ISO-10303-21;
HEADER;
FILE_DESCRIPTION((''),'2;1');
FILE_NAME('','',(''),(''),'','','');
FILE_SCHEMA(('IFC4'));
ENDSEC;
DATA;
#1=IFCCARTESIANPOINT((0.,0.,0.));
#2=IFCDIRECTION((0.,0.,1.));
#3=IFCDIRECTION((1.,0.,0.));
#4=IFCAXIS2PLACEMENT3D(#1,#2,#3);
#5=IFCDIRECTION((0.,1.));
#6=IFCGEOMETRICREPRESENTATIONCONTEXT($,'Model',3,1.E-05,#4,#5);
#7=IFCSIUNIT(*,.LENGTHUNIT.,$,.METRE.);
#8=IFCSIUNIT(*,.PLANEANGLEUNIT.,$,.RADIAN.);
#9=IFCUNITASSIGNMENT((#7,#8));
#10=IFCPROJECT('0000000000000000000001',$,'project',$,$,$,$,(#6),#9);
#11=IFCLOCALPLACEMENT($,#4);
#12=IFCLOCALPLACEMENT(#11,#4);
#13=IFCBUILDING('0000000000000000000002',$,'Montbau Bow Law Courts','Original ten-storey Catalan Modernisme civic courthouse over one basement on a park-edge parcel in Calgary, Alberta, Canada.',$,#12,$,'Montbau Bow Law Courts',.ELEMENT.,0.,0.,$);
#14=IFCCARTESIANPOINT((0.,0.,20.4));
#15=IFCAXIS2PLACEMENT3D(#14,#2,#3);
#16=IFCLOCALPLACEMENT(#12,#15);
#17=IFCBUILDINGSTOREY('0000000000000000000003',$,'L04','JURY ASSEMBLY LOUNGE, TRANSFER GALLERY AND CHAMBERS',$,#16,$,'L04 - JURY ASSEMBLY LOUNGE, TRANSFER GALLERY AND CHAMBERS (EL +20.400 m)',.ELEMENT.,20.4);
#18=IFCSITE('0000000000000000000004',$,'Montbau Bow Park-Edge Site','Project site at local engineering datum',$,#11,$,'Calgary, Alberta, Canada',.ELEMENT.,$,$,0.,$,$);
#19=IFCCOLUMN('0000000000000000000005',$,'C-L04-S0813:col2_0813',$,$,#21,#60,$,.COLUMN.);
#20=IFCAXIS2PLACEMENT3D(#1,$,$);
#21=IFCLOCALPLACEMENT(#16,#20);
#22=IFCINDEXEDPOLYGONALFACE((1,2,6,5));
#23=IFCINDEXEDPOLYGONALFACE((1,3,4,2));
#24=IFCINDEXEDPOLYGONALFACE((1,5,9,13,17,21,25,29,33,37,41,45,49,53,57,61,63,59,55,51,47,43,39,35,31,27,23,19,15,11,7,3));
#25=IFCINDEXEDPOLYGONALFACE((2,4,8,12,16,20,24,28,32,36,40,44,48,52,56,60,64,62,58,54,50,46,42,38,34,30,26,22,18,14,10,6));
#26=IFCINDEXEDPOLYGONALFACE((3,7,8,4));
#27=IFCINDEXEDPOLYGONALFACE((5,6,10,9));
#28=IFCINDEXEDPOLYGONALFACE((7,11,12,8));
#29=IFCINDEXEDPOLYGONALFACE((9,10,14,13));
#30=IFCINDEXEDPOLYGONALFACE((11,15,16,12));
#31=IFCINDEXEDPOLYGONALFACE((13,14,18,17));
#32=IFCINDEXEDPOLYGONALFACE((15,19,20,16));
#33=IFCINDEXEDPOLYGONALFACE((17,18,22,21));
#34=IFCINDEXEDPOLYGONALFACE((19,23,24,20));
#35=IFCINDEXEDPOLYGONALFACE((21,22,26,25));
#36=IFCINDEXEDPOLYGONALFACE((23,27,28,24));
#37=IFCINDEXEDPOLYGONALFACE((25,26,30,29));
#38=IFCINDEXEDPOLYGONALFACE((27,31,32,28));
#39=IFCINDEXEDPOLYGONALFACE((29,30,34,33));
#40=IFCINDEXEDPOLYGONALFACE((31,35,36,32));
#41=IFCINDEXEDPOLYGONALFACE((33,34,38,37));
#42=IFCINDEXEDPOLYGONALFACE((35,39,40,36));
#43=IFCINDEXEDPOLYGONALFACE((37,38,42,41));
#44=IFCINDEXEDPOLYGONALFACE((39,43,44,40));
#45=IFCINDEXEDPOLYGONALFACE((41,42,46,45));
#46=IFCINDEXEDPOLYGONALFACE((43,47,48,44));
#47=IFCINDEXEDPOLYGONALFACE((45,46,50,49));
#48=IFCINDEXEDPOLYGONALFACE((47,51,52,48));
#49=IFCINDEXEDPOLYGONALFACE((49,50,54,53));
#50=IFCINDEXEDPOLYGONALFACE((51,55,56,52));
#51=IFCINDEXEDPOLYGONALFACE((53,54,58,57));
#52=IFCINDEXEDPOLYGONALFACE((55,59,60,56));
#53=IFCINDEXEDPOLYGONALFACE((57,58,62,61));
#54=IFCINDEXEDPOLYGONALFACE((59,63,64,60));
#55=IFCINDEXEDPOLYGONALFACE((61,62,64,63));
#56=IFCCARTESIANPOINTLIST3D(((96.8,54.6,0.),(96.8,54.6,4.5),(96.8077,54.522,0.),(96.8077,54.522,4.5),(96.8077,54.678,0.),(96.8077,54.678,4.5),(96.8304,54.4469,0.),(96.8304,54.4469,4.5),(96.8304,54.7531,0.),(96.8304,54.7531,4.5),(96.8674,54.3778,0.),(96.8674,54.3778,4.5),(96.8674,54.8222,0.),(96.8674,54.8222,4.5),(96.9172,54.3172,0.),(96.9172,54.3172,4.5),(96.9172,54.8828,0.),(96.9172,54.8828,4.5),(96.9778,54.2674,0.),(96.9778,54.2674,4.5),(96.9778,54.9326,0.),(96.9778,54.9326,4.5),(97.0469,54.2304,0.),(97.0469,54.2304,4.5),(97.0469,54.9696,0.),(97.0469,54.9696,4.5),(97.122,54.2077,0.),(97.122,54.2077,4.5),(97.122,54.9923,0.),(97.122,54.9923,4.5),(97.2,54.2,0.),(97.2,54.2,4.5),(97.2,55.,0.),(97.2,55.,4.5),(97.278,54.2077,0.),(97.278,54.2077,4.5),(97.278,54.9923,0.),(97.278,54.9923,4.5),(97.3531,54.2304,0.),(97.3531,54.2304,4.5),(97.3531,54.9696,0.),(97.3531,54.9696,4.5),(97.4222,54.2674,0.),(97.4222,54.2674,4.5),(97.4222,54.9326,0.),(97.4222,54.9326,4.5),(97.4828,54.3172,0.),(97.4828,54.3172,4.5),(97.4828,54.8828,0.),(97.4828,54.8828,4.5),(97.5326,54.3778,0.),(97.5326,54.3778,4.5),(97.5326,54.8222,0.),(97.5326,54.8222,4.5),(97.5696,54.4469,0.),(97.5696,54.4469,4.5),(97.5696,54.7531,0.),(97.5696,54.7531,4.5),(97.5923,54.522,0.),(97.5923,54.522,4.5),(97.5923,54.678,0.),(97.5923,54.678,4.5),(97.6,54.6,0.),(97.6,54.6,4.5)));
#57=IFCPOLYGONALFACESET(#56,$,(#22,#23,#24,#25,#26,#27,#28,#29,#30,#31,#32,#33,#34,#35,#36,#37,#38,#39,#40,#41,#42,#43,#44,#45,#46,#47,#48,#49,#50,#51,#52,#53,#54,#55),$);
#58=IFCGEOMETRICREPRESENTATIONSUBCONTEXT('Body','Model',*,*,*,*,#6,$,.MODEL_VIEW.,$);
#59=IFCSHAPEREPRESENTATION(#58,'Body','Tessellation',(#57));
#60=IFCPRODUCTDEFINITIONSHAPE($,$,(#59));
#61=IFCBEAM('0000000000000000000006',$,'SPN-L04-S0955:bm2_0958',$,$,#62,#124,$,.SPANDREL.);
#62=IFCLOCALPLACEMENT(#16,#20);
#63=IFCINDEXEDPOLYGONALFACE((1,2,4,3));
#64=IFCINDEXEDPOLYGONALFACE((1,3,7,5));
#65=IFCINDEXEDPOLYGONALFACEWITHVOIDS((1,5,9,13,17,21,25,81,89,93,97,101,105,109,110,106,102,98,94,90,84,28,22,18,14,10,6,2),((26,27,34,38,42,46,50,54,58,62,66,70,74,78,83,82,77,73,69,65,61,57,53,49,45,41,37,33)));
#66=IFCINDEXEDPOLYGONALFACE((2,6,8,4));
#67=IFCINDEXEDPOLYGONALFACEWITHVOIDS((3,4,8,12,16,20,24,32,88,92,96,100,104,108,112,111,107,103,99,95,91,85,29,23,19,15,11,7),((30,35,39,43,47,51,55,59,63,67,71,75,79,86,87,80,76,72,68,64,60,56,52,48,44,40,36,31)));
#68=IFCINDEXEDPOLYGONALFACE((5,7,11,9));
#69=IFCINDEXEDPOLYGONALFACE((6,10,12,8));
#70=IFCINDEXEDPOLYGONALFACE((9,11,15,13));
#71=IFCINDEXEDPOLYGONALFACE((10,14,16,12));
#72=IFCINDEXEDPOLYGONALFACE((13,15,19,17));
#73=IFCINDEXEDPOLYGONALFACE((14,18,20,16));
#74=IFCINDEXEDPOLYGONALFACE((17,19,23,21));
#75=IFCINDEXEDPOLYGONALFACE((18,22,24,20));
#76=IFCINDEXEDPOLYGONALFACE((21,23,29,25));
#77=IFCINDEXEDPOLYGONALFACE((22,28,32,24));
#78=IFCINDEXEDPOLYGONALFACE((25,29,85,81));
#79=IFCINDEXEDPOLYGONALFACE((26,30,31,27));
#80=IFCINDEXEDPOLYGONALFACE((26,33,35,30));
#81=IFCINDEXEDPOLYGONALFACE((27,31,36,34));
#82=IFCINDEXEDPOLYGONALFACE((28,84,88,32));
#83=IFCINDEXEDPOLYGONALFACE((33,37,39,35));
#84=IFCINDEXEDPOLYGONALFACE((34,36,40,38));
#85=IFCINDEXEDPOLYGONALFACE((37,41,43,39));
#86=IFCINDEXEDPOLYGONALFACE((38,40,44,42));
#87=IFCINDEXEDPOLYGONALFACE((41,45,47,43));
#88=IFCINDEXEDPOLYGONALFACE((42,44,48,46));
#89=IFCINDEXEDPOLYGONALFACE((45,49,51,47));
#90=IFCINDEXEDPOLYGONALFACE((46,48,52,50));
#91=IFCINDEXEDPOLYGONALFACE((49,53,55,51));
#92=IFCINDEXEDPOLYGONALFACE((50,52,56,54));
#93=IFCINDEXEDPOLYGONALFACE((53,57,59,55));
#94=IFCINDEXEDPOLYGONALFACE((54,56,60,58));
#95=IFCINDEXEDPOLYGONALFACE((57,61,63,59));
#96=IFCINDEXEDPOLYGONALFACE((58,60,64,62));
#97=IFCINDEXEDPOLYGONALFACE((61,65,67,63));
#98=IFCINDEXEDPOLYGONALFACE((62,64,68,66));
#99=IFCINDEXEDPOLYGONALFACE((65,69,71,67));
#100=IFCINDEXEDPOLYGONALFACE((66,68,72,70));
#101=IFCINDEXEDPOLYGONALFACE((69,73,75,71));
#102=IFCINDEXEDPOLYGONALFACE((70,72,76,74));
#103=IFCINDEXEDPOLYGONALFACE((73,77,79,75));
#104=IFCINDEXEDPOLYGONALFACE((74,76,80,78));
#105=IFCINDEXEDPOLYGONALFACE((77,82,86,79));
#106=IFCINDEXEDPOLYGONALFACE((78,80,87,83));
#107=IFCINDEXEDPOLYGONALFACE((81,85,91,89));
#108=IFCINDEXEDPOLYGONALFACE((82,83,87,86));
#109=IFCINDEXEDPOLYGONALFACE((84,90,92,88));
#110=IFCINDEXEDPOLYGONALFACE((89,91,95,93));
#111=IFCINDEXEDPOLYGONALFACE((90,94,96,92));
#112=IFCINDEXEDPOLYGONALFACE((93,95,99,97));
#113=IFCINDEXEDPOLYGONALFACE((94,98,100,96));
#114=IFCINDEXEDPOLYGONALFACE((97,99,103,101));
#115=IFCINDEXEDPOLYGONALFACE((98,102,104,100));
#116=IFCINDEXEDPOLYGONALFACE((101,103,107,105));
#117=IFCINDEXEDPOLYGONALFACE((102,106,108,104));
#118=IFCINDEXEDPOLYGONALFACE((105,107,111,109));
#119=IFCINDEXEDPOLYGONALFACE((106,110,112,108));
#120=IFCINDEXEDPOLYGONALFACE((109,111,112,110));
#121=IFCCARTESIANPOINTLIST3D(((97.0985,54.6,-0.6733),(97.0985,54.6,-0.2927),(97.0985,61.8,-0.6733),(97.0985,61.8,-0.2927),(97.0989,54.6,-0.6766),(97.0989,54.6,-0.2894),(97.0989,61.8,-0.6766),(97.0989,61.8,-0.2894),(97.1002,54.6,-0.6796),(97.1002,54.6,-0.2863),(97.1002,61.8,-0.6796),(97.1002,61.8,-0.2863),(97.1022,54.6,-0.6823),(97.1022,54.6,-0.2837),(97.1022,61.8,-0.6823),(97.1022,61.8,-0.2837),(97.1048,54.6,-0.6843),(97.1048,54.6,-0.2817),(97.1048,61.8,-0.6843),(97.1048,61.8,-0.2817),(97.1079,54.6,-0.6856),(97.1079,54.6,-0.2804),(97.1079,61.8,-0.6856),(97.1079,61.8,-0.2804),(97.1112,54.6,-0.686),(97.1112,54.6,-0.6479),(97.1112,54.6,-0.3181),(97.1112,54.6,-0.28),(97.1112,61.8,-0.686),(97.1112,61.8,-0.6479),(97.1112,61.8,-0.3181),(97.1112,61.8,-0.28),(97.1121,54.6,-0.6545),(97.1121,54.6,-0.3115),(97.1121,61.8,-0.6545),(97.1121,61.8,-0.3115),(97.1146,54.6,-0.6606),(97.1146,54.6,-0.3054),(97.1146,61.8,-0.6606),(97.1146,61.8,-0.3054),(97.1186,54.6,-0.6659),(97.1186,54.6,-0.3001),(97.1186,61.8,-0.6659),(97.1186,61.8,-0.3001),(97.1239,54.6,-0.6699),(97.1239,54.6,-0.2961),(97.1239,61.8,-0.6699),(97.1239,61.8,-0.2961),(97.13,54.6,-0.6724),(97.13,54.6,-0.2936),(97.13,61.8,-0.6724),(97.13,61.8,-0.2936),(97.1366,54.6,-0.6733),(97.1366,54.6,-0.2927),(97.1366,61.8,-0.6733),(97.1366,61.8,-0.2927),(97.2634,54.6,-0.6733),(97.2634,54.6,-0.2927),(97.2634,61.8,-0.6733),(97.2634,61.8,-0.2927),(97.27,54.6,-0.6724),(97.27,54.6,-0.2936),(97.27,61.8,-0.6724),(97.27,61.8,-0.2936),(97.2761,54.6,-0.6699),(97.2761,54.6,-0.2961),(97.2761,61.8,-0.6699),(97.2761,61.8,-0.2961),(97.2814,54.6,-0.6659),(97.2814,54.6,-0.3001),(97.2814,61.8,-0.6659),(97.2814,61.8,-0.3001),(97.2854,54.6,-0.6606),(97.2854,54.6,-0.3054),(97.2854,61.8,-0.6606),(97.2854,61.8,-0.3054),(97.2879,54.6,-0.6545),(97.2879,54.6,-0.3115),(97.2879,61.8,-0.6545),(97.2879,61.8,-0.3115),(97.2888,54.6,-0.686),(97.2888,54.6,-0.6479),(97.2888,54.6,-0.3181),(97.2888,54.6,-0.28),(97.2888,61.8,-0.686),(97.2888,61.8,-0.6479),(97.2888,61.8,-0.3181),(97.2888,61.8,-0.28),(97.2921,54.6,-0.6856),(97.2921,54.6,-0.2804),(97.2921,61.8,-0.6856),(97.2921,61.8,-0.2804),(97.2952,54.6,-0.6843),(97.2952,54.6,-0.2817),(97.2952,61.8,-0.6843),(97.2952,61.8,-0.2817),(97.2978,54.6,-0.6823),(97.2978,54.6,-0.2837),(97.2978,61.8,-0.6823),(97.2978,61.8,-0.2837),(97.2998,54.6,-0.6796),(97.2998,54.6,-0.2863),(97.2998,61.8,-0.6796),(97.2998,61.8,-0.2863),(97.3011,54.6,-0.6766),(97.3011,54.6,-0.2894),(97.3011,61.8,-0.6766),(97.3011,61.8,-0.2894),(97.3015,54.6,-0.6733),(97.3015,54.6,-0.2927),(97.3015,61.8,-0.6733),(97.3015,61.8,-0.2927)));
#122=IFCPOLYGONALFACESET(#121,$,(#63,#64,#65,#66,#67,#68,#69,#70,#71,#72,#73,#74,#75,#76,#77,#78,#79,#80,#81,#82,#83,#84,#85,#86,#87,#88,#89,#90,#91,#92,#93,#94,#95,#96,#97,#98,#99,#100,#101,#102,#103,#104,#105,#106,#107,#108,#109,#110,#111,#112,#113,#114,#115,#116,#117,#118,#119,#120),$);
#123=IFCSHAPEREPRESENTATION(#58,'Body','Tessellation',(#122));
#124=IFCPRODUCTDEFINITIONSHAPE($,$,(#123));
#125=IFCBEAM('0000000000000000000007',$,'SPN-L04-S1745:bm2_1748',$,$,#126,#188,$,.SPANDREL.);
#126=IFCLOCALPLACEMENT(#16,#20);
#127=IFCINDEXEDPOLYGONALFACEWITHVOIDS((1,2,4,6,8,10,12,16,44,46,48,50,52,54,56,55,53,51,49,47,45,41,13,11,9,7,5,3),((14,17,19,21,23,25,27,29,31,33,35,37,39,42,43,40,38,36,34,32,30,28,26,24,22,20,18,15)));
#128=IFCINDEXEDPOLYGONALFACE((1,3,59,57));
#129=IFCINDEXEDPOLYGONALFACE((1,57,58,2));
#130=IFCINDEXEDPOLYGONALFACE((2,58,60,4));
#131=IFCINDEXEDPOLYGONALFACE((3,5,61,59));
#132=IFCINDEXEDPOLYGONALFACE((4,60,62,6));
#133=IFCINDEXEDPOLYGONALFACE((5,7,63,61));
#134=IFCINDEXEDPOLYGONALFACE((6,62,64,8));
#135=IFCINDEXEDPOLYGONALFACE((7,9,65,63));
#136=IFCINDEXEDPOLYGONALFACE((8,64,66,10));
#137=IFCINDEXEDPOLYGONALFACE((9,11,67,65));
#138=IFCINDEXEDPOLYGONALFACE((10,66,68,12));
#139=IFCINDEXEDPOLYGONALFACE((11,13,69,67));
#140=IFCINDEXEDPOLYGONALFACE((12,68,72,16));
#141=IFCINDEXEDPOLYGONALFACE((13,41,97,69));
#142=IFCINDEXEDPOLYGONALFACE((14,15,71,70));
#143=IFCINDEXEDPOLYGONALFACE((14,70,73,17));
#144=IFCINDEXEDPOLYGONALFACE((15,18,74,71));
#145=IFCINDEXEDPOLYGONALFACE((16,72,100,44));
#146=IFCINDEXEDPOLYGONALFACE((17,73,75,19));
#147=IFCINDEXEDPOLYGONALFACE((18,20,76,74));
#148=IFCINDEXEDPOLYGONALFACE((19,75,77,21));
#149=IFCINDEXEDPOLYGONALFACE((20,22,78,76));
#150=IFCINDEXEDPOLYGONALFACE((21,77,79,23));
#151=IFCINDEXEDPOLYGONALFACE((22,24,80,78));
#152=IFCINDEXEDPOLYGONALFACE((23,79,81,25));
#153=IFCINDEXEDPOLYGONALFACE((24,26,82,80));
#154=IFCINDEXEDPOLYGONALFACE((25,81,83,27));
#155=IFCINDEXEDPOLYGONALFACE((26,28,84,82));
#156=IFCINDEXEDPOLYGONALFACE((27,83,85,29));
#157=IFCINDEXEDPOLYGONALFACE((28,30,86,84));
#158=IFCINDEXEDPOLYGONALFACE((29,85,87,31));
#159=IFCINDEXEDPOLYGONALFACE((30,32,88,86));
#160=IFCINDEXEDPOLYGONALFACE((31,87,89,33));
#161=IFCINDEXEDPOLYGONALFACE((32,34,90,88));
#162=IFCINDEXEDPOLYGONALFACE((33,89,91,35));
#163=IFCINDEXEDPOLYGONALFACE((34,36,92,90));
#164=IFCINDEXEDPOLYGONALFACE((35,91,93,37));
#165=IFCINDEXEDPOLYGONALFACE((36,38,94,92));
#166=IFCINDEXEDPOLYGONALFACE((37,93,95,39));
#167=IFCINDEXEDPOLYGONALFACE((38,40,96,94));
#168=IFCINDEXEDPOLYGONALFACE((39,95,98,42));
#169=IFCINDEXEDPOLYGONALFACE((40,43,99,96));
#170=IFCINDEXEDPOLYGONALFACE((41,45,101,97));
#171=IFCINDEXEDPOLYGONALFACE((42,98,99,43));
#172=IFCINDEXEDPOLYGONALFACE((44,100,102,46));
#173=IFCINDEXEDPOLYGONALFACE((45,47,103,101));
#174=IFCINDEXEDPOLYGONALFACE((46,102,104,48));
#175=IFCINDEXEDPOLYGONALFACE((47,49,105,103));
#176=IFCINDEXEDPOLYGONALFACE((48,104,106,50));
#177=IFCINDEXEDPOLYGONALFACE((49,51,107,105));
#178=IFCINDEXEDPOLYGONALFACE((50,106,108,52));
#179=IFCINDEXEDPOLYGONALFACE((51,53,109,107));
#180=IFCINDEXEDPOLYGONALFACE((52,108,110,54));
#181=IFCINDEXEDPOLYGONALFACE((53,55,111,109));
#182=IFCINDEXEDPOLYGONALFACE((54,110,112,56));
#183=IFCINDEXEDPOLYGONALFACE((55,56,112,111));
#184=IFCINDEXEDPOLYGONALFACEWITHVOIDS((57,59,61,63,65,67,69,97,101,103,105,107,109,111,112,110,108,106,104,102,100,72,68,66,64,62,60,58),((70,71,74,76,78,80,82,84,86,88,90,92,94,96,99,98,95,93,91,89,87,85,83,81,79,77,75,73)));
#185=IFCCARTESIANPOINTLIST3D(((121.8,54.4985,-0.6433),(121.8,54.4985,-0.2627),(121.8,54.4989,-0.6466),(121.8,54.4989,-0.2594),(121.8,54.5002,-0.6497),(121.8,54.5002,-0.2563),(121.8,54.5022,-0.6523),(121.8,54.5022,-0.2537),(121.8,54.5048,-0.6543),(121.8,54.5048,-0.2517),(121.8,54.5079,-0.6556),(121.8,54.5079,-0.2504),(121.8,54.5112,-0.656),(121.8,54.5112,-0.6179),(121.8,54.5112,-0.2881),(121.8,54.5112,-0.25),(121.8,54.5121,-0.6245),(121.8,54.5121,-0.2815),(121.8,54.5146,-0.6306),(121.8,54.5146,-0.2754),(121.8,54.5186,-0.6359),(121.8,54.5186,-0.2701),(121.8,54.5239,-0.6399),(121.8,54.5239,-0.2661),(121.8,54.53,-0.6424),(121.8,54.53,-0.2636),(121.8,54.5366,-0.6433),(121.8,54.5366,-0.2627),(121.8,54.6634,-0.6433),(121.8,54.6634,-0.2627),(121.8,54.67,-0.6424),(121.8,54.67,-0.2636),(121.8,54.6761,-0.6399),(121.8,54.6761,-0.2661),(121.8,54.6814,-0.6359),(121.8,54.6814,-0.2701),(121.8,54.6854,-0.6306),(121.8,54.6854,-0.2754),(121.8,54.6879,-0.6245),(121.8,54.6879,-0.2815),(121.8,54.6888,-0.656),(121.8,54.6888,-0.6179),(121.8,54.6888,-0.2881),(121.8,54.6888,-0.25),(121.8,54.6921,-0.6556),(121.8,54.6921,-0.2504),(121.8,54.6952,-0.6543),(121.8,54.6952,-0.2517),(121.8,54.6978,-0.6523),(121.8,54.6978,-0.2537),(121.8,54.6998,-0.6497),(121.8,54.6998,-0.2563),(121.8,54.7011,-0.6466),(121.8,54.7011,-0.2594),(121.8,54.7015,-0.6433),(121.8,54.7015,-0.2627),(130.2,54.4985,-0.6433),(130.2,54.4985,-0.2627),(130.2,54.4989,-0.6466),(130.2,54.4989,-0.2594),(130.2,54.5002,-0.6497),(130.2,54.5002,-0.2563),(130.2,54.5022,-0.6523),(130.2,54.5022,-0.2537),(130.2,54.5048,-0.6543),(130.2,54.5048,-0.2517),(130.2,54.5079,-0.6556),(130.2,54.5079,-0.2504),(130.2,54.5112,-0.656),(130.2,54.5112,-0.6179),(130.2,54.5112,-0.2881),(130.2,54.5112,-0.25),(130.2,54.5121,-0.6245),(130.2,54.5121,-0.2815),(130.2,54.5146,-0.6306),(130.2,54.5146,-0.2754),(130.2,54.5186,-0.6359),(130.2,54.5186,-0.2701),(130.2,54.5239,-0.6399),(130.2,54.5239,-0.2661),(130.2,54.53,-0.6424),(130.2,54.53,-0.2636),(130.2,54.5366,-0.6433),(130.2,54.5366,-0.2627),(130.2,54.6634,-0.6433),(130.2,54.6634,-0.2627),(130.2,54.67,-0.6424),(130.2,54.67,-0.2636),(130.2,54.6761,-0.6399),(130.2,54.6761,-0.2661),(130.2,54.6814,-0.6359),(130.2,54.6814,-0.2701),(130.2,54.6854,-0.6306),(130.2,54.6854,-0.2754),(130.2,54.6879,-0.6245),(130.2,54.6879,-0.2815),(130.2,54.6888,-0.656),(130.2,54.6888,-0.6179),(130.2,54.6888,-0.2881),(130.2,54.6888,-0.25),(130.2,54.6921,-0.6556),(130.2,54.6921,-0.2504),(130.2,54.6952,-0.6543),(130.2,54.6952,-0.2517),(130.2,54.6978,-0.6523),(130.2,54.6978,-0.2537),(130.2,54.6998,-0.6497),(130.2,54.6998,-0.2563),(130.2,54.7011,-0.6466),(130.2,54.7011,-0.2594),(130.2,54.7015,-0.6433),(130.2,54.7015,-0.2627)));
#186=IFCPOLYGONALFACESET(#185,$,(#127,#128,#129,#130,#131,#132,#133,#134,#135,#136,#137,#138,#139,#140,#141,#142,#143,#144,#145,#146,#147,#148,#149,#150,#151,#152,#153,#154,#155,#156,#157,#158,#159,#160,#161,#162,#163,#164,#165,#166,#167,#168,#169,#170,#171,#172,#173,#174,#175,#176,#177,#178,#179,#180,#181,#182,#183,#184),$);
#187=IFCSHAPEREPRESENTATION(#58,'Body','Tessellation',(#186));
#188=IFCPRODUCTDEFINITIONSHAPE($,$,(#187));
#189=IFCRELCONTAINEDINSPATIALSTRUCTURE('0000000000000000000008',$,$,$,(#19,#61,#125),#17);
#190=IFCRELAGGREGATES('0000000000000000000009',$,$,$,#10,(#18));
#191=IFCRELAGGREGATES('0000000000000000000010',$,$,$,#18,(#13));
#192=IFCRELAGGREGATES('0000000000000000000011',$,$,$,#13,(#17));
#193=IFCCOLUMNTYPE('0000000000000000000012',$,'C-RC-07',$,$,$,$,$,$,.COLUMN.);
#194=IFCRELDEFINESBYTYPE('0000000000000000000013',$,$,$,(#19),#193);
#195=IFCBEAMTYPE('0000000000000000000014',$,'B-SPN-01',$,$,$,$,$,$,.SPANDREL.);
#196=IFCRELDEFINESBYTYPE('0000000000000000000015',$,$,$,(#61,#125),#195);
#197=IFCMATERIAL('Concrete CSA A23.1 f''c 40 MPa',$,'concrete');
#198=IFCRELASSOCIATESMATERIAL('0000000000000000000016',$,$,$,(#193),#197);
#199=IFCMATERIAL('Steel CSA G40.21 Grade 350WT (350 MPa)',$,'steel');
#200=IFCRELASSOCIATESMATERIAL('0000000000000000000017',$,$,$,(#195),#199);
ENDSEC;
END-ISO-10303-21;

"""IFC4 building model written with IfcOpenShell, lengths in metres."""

from ifc_helpers import new_model, si_unit, direction, frame, origin_with_axes, origin_2d_with_axis, place, context, subcontext, project, spatial, hollow_rectangle, circle, extrude, material, material_profile, profile_set, type_object, element, save


model = new_model("IFC4")

# Units and contexts
model_context = context("Model", 3, precision=1e-05, world=origin_with_axes(), true_north=direction((0.0, 1.0)))
body_context = subcontext(model_context, "Body", "Model", "MODEL_VIEW")
ifc_project = project(units=[si_unit("LENGTHUNIT", "METRE"), si_unit("PLANEANGLEUNIT", "RADIAN")], contexts=[model_context])

# Site, building, storey
site_placement = place(None, origin_with_axes())
site = spatial("IfcSite", under=ifc_project, at=site_placement, Name="Montbau Bow Park-Edge Site", Description="Project site at local engineering datum", LongName="Calgary, Alberta, Canada", CompositionType="ELEMENT", RefElevation=0.0)
building_placement = place(site_placement, origin_with_axes())
building = spatial("IfcBuilding", under=site, at=building_placement, Name="Montbau Bow Law Courts", Description="Original ten-storey Catalan Modernisme civic courthouse over one basement on a park-edge parcel in Calgary, Alberta, Canada.", LongName="Montbau Bow Law Courts", CompositionType="ELEMENT", ElevationOfRefHeight=0.0, ElevationOfTerrain=0.0)
storey_placement = place(building_placement, frame((0.0, 0.0, 20.4), z_axis=(0.0, 0.0, 1.0), x_axis=(1.0, 0.0, 0.0)))
storey = spatial("IfcBuildingStorey", under=building, at=storey_placement, Name="L04", Description="JURY ASSEMBLY LOUNGE, TRANSFER GALLERY AND CHAMBERS", LongName="L04 - JURY ASSEMBLY LOUNGE, TRANSFER GALLERY AND CHAMBERS (EL +20.400 m)", CompositionType="ELEMENT", Elevation=20.4)

# Column
ifc_material_1 = material(Name="Concrete CSA A23.1 f'c 40 MPa", Category="concrete")
ifc_material_profile_1 = material_profile(ifc_material_1, circle(Radius=0.4, at=origin_2d_with_axis()), Name="RC800D", Category="Main", Priority=0)
ifc_profile_set_1 = profile_set([ifc_material_profile_1], Name="Concrete CSA A23.1 f'c 40 MPa")
column_type = type_object("IfcColumnType", Name="C-RC-07", PredefinedType="COLUMN", material=ifc_profile_set_1)
column_placement = place(None, frame((97.2, 54.6, 20.4), z_axis=(0.0, 0.0, 1.0), x_axis=(1.0, 0.0, 0.0)))
element("IfcColumn", 1, at=column_placement, inside=storey, type_object=column_type, Name="C-L04-S0813:col2_0813", PredefinedType="COLUMN", context=body_context, shape_type="SweptSolid", body=[
    extrude(circle(Radius=0.4, at=origin_2d_with_axis()), origin_with_axes(), (0.0, 0.0, 1.0), 4.5),
])

# Beams
ifc_material_2 = material(Name="Steel CSA G40.21 Grade 350WT (350 MPa)", Category="steel")
ifc_material_profile_2 = material_profile(ifc_material_2, hollow_rectangle(XDim=0.203, YDim=0.406, WallThickness=0.0127, InnerFilletRadius=0.0254, OuterFilletRadius=0.0127, at=origin_2d_with_axis()), Name="HSS406X203X13", Category="Main", Priority=0)
ifc_profile_set_2 = profile_set([ifc_material_profile_2], Name="Steel CSA G40.21 Grade 350WT (350 MPa)")
beam_type = type_object("IfcBeamType", Name="B-SPN-01", PredefinedType="SPANDREL", material=ifc_profile_set_2)
beam_1_placement = place(None, frame((97.2, 54.6, 19.917), z_axis=(0.0, 1.0, 0.0), x_axis=(-1.0, 0.0, 0.0)))
element("IfcBeam", 2, at=beam_1_placement, inside=storey, type_object=beam_type, Name="SPN-L04-S0955:bm2_0958", PredefinedType="SPANDREL", context=body_context, shape_type="SweptSolid", body=[
    extrude(hollow_rectangle(XDim=0.203, YDim=0.406, WallThickness=0.0127, InnerFilletRadius=0.0254, OuterFilletRadius=0.0127, at=origin_2d_with_axis()), origin_with_axes(), (0.0, 0.0, 1.0), 7.2),
])
beam_2_placement = place(None, frame((121.8, 54.6, 19.947), z_axis=(1.0, 0.0, 0.0), x_axis=(0.0, 1.0, 0.0)))
element("IfcBeam", 3, at=beam_2_placement, inside=storey, type_object=beam_type, Name="SPN-L04-S1745:bm2_1748", PredefinedType="SPANDREL", context=body_context, shape_type="SweptSolid", body=[
    extrude(hollow_rectangle(XDim=0.203, YDim=0.406, WallThickness=0.0127, InnerFilletRadius=0.0254, OuterFilletRadius=0.0127, at=origin_2d_with_axis()), origin_with_axes(), (0.0, 0.0, 1.0), 8.4),
])

save(model, "model.ifc")
